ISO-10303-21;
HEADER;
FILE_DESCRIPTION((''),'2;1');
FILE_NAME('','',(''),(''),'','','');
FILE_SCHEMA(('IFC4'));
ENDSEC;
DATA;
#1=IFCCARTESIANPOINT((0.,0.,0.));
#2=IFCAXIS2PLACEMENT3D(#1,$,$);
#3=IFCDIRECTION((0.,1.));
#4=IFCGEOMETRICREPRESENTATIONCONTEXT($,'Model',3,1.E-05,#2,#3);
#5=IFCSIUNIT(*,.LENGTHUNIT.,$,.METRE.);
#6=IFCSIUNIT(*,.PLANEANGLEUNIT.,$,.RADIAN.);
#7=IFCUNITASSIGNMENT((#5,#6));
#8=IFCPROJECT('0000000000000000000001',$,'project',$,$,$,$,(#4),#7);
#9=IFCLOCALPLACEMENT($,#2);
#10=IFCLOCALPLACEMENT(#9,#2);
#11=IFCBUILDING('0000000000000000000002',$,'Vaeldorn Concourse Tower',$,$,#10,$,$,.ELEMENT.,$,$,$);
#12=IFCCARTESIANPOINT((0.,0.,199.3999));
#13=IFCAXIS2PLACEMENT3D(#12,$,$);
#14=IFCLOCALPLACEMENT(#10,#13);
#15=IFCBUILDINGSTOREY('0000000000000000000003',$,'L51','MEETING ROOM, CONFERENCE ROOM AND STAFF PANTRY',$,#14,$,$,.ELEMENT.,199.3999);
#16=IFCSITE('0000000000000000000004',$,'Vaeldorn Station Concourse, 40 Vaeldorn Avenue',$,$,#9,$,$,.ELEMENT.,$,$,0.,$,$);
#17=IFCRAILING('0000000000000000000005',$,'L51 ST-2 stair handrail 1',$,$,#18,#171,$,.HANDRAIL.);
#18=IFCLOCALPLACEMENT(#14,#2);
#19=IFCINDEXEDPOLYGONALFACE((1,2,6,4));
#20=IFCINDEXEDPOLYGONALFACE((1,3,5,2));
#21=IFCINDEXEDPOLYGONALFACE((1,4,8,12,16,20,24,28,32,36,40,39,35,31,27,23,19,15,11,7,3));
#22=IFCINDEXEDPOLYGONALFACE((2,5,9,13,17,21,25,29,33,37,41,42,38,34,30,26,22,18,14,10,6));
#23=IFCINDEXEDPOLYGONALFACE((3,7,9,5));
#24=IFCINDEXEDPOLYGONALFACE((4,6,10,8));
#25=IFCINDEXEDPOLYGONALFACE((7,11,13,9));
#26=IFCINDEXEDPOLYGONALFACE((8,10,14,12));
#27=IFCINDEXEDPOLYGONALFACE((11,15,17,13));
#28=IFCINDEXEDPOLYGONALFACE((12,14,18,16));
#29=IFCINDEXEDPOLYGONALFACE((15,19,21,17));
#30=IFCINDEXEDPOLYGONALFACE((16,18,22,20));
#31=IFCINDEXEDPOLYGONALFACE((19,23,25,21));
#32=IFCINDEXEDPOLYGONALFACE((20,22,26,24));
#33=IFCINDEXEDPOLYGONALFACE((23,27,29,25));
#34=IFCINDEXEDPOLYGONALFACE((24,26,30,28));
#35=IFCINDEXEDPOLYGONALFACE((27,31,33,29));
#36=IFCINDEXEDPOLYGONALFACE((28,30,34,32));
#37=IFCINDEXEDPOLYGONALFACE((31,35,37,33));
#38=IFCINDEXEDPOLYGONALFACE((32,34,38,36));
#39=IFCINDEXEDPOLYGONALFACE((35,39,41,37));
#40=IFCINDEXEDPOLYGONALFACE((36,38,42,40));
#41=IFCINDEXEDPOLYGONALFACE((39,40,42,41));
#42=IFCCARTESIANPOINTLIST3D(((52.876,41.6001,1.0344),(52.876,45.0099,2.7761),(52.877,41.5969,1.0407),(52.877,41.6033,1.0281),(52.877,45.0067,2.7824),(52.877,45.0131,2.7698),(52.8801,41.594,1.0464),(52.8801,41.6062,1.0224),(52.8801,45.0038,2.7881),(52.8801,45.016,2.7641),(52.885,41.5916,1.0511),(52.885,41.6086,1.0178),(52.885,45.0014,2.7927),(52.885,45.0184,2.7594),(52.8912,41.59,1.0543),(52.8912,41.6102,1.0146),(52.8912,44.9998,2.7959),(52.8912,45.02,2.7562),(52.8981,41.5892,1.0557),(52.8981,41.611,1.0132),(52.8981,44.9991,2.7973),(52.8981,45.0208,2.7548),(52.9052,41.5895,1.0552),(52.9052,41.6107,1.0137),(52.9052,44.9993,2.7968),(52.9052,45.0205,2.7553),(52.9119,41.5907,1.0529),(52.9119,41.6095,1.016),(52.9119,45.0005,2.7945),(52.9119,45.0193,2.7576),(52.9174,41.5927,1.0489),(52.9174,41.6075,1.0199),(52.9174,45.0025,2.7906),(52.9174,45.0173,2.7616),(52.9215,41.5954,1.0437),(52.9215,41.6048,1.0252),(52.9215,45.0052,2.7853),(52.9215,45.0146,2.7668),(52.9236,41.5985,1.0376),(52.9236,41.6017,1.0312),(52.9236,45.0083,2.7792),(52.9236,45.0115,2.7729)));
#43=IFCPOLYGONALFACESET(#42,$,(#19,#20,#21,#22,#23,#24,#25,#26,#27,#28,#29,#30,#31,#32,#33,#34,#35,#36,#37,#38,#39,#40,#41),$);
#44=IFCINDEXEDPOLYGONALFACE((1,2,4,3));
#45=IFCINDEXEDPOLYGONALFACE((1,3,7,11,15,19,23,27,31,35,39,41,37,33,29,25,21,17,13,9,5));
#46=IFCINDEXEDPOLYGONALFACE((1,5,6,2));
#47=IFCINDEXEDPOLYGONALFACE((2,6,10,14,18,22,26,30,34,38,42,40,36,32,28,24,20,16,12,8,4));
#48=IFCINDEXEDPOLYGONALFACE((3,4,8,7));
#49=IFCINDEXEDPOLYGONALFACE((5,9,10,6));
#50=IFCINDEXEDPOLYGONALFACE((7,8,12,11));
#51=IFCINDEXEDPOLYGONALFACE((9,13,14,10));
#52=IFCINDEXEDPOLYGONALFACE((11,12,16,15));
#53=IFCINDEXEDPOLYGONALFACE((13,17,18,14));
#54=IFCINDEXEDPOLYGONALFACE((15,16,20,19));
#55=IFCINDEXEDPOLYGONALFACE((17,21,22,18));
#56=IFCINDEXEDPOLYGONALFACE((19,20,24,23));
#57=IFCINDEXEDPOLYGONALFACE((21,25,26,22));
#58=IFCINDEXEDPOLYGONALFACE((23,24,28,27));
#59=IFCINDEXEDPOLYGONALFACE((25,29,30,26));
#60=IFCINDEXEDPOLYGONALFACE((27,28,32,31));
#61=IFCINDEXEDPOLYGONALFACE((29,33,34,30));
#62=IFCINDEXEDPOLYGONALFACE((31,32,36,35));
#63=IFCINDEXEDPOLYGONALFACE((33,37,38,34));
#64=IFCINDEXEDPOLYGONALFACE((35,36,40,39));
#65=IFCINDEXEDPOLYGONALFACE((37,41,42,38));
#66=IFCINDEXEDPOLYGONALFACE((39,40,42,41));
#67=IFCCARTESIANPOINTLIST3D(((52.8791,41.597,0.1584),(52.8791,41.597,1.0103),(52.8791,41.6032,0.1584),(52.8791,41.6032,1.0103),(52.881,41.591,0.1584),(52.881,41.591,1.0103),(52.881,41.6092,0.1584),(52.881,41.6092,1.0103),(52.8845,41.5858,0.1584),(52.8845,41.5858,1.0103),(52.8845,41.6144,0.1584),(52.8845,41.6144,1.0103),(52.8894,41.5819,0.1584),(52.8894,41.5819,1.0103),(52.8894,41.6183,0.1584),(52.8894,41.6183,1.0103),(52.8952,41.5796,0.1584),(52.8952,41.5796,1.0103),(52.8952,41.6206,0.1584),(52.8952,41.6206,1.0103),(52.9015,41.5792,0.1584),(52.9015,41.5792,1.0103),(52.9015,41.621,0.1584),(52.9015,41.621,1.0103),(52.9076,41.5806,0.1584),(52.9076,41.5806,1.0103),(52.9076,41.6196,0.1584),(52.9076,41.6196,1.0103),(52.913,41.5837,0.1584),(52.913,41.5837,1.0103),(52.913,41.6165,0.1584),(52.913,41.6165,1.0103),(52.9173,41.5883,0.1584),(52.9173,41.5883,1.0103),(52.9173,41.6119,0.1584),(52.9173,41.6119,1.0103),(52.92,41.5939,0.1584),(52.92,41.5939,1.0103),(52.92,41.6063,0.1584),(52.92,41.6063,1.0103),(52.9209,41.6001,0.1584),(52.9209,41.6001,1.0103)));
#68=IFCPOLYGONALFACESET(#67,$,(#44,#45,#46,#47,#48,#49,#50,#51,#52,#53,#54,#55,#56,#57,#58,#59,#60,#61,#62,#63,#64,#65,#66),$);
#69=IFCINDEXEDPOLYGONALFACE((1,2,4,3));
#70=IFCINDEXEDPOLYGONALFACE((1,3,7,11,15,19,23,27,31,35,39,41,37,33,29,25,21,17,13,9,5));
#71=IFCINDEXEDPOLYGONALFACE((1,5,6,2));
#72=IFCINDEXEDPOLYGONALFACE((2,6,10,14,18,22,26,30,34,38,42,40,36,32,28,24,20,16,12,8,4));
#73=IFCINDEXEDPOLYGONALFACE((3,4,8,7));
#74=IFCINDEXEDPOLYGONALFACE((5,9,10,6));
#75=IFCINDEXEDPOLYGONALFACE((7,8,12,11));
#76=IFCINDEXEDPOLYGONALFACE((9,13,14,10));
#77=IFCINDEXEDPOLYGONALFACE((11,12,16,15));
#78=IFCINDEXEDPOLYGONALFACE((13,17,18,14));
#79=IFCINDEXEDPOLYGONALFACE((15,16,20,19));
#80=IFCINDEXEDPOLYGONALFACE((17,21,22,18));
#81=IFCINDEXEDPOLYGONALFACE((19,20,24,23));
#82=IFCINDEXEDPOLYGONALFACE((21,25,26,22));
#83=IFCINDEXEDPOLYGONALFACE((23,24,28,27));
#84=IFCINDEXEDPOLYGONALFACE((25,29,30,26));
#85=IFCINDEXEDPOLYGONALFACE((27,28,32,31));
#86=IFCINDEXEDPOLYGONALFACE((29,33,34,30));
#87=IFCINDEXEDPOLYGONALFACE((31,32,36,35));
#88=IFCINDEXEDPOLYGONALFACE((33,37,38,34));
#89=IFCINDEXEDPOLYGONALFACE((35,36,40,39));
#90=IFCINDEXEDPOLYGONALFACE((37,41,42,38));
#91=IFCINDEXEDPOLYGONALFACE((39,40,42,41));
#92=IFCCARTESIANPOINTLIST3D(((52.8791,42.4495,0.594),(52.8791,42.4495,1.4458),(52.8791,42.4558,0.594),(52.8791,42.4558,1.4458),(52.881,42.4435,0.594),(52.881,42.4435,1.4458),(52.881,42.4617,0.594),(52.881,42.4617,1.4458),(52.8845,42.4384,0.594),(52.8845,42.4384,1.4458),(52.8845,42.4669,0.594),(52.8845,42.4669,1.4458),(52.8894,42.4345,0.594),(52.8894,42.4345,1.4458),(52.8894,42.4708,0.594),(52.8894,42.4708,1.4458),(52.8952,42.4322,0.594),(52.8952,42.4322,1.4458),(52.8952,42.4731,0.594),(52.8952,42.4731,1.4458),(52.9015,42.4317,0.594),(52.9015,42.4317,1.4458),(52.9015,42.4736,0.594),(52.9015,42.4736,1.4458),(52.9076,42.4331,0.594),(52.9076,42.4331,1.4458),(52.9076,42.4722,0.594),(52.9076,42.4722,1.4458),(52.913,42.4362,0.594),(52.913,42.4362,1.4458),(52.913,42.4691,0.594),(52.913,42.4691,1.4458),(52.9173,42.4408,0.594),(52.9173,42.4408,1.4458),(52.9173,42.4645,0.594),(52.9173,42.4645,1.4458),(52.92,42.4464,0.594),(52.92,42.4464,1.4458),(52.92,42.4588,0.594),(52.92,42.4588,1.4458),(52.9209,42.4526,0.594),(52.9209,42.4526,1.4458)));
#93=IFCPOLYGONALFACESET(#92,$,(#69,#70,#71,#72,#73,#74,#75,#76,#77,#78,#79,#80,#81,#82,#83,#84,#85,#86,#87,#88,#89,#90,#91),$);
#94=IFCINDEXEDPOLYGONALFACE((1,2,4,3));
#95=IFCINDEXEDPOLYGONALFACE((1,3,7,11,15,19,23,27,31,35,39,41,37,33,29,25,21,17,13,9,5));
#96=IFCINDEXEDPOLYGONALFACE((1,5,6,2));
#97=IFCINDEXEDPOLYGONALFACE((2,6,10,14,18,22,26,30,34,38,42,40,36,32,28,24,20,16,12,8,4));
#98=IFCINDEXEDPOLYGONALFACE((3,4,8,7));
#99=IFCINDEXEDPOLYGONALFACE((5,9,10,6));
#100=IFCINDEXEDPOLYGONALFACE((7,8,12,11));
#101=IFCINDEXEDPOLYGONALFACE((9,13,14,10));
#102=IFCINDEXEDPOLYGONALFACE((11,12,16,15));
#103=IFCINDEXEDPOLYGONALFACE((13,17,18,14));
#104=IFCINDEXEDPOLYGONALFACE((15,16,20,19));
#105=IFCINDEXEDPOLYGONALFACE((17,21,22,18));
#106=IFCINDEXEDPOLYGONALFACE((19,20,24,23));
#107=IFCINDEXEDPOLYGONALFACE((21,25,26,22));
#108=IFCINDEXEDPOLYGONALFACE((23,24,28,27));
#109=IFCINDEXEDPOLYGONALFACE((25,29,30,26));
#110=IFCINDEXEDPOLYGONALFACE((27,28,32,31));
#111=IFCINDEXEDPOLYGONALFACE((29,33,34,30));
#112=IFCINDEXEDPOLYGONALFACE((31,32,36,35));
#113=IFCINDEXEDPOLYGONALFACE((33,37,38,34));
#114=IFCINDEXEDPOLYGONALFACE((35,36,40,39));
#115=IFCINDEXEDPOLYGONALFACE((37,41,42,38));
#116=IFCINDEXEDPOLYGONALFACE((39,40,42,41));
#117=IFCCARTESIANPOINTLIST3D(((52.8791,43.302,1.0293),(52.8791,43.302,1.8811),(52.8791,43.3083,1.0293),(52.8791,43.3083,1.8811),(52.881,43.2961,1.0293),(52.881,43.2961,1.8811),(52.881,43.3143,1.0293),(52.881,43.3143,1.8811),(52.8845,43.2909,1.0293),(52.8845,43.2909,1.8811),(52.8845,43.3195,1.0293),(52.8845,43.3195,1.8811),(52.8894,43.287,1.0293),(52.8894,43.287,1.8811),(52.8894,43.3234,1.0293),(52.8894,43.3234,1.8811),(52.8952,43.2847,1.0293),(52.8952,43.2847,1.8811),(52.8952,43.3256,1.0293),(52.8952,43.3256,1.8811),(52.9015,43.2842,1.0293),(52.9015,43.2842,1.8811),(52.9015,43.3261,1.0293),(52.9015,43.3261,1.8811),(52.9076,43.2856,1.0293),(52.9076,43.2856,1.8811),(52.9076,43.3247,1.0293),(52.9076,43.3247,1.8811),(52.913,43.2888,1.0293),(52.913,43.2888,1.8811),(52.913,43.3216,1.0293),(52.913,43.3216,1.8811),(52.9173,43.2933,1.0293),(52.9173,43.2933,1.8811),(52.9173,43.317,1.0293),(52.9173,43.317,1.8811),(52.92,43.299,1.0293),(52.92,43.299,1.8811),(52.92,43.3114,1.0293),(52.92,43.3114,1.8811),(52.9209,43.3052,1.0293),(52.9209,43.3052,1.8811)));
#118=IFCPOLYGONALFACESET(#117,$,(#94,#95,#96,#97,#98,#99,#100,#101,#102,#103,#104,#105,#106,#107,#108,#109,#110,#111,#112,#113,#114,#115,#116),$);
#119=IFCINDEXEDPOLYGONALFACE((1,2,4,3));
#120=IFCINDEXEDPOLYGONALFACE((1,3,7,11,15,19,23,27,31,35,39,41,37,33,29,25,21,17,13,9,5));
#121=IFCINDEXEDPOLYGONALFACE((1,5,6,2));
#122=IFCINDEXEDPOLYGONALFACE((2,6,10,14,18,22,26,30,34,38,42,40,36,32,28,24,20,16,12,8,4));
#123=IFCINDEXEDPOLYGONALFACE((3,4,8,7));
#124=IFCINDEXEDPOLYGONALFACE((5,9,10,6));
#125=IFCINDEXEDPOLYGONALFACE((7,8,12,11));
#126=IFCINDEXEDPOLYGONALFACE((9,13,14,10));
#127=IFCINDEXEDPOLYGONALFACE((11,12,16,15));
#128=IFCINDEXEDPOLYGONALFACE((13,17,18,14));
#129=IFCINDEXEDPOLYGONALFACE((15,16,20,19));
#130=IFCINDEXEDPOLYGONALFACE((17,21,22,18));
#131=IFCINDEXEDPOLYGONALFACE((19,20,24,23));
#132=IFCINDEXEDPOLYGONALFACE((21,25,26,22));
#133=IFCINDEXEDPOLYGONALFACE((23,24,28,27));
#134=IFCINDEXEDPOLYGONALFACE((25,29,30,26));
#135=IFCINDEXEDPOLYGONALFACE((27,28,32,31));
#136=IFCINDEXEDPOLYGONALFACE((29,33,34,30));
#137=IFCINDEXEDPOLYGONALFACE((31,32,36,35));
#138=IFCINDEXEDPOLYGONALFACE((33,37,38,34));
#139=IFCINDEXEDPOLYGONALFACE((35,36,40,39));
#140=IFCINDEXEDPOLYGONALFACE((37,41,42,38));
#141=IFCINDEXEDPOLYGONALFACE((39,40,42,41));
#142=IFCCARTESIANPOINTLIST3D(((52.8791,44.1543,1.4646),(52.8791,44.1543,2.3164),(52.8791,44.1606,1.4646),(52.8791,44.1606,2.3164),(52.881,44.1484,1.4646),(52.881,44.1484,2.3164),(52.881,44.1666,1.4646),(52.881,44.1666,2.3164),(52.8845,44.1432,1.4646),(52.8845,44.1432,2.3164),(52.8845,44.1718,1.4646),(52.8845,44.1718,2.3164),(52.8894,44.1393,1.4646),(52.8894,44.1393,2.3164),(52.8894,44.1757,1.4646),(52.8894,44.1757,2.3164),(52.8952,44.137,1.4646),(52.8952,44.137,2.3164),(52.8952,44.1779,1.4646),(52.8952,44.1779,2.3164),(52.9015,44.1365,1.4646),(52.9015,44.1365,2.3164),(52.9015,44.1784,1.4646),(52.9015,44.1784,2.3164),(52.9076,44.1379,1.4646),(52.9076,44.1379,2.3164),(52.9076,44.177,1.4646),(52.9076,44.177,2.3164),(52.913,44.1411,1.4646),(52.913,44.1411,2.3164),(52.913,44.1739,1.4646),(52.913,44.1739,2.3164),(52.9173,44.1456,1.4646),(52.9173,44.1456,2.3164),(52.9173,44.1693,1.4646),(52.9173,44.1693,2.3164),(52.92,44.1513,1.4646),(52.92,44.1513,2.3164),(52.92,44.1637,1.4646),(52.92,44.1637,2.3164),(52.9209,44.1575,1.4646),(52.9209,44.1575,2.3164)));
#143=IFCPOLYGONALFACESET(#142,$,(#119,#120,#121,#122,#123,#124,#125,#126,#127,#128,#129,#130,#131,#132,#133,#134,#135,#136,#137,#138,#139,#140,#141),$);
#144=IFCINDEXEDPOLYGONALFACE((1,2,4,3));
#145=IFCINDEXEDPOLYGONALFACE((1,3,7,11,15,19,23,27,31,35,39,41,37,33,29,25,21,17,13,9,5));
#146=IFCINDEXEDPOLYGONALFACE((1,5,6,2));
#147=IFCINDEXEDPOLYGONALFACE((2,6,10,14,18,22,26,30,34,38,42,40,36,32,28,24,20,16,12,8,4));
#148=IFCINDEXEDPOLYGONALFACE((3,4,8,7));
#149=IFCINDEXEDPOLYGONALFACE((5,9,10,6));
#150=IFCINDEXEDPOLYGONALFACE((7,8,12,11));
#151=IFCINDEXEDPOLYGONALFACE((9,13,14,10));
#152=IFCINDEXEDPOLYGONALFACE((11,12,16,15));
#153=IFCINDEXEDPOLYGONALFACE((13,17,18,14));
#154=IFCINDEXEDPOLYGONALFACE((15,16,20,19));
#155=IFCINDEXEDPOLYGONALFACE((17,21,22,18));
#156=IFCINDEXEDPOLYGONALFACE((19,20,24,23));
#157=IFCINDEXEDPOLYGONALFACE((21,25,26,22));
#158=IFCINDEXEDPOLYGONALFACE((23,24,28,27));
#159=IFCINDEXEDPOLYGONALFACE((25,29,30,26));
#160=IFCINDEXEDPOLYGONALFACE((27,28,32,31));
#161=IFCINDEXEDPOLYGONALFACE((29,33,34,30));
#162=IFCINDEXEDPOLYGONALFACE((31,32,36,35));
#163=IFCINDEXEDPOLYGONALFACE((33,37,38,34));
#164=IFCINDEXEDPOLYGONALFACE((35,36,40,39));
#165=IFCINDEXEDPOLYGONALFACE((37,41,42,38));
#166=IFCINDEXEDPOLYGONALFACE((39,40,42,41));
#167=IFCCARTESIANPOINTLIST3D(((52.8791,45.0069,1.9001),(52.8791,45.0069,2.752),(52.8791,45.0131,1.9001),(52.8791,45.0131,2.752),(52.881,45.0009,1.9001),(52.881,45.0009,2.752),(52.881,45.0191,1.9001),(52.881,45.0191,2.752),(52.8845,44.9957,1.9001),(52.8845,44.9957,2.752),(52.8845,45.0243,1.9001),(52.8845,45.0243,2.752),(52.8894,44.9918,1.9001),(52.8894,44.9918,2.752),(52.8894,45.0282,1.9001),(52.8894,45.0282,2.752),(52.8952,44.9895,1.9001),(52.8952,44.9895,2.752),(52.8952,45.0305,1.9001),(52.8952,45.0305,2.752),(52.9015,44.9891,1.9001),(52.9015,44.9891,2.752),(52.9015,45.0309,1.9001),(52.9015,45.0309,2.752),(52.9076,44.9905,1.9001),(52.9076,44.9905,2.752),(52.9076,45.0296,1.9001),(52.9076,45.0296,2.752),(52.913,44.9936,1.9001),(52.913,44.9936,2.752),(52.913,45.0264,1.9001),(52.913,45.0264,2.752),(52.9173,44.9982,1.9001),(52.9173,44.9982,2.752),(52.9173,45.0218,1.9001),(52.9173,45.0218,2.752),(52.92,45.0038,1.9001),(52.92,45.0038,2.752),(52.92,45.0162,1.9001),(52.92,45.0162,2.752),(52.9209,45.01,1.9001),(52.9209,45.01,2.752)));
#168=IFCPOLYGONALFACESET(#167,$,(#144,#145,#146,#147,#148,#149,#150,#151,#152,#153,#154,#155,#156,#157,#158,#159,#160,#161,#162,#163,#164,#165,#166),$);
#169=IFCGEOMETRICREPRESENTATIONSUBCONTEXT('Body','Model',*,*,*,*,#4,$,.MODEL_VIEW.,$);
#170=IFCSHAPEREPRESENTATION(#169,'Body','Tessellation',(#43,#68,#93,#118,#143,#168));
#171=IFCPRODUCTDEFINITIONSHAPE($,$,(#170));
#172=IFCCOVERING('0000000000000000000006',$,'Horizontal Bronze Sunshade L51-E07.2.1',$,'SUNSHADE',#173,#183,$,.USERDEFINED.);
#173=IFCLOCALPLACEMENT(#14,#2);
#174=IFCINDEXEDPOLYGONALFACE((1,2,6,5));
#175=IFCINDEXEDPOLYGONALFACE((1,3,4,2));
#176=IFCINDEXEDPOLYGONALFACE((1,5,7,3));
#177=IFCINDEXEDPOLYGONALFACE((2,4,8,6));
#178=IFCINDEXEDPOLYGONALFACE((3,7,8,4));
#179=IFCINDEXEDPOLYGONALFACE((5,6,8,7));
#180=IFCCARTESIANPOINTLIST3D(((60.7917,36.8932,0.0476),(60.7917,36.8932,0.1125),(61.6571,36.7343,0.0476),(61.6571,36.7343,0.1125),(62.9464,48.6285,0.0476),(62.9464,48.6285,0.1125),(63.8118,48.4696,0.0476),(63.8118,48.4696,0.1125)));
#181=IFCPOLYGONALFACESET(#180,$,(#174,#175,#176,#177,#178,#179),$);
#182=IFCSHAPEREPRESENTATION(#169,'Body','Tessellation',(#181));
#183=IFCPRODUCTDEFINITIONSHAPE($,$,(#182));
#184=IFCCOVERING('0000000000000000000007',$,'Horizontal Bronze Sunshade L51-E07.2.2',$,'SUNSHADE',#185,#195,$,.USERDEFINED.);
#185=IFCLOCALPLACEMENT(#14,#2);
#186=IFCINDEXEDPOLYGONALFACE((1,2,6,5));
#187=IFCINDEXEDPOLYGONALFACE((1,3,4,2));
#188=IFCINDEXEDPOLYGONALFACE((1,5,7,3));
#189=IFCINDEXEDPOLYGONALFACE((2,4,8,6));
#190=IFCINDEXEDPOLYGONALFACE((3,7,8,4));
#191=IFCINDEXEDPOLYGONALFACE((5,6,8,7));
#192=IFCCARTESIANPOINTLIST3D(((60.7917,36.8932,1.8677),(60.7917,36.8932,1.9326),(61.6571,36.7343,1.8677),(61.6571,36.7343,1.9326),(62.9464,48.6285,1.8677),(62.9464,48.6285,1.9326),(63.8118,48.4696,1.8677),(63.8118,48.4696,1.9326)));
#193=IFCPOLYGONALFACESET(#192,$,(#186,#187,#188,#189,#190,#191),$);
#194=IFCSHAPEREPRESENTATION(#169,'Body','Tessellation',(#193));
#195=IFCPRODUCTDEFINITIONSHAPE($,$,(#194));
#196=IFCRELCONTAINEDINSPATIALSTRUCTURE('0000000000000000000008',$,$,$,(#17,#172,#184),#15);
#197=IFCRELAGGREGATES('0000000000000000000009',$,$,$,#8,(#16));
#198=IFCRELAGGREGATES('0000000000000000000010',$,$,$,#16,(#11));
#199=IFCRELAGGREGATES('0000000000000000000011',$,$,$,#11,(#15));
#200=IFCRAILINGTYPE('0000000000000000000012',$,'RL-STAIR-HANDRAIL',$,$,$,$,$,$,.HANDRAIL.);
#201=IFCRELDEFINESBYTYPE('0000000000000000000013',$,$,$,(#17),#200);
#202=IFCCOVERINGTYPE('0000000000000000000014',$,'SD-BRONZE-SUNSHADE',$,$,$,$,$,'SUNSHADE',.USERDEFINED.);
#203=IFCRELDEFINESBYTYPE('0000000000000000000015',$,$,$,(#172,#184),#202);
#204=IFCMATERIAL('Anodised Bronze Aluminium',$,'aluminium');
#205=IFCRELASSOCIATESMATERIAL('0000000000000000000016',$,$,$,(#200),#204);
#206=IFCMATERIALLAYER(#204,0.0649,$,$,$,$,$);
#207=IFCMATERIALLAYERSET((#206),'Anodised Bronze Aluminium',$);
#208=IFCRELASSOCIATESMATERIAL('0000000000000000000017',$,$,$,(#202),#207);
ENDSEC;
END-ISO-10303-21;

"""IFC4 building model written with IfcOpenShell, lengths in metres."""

from ifc_helpers import new_model, si_unit, direction, frame, origin, origin_2d, place, context, subcontext, project, spatial, rectangle, circle, extrude, source, transform, mapped, material, layer, layer_set, type_object, element, save


model = new_model("IFC4")

# Units and contexts
model_context = context("Model", 3, precision=1e-05, world=origin(), true_north=direction((0.0, 1.0)))
body_context = subcontext(model_context, "Body", "Model", "MODEL_VIEW")
ifc_project = project(units=[si_unit("LENGTHUNIT", "METRE"), si_unit("PLANEANGLEUNIT", "RADIAN")], contexts=[model_context])

# Site, building, storey
site_placement = place(None, origin())
site = spatial("IfcSite", under=ifc_project, at=site_placement, Name="Vaeldorn Station Concourse, 40 Vaeldorn Avenue", CompositionType="ELEMENT", RefElevation=0.0)
building_placement = place(site_placement, origin())
building = spatial("IfcBuilding", under=site, at=building_placement, Name="Vaeldorn Concourse Tower", CompositionType="ELEMENT")
storey_placement = place(building_placement, frame((0.0, 0.0, 199.3999)))
storey = spatial("IfcBuildingStorey", under=building, at=storey_placement, Name="L51", Description="MEETING ROOM, CONFERENCE ROOM AND STAFF PANTRY", CompositionType="ELEMENT", Elevation=199.3999)

# Shared definitions
ifc_material_1 = material(Name="Anodised Bronze Aluminium", Category="aluminium")

# Railing
railing_type_1 = type_object("IfcRailingType", Name="RL-STAIR-HANDRAIL", PredefinedType="HANDRAIL", material=ifc_material_1)
railing_1_placement = place(storey_placement, frame((52.8999, 41.6001, 0.1584)))
element("IfcRailing", 1, at=railing_1_placement, inside=storey, type_object=railing_type_1, Name="L51 ST-2 stair handrail 1", PredefinedType="HANDRAIL", context=body_context, shape_type="SweptSolid", body=[
    extrude(circle(Radius=0.0239, at=origin_2d()), frame((0.0, 0.0, 0.876), z_axis=(0.0, 0.890556, 0.454874), x_axis=(-1.0, 0.0, 0.0)), (0.0, 0.0, 1.0), 3.8289),
    extrude(circle(Radius=0.021, at=origin_2d()), origin(), (0.0, 0.0, 1.0), 0.8518),
    extrude(circle(Radius=0.021, at=origin_2d()), frame((0.0, 0.8525, 0.4355)), (0.0, 0.0, 1.0), 0.8518),
    extrude(circle(Radius=0.021, at=origin_2d()), frame((0.0, 1.7051, 0.8708)), (0.0, 0.0, 1.0), 0.8518),
    extrude(circle(Radius=0.021, at=origin_2d()), frame((0.0, 2.5574, 1.3062)), (0.0, 0.0, 1.0), 0.8518),
    extrude(circle(Radius=0.021, at=origin_2d()), frame((0.0, 3.4099, 1.7417)), (0.0, 0.0, 1.0), 0.8518),
])

# Coverings
ifc_layer_1 = layer(ifc_material_1, 0.0649)
ifc_layer_set_1 = layer_set([ifc_layer_1], Name="Anodised Bronze Aluminium")
covering_type = type_object("IfcCoveringType", Name="SD-BRONZE-SUNSHADE", ElementType="SUNSHADE", PredefinedType="USERDEFINED", material=ifc_layer_set_1)
shared_shape_1 = source(origin(), body_context, "Body", "SweptSolid", [
    extrude(rectangle(XDim=11.9314, YDim=0.8799, at=origin_2d()), origin(), (0.0, 0.0, 1.0), 0.0649),
])
for number, where, z_axis, x_axis, name in (
    (2, (62.3018, 42.6814, 0.0476), (0.0, 0.0, 1.0), (0.180588, 0.983559, 0.0), "Horizontal Bronze Sunshade L51-E07.2.1"),
    (3, (62.3018, 42.6814, 1.8677), (0.0, 0.0, 1.0), (0.180588, 0.983559, 0.0), "Horizontal Bronze Sunshade L51-E07.2.2"),
):
    element("IfcCovering", number, at=place(storey_placement, frame(where, z_axis=z_axis, x_axis=x_axis)), inside=storey, type_object=covering_type, Name=name, ObjectType="SUNSHADE", PredefinedType="USERDEFINED", context=body_context, shape_type="MappedRepresentation", body=[
        mapped(shared_shape_1, transform((0.0, 0.0, 0.0), scale=1.0)),
    ])

save(model, "model.ifc")
